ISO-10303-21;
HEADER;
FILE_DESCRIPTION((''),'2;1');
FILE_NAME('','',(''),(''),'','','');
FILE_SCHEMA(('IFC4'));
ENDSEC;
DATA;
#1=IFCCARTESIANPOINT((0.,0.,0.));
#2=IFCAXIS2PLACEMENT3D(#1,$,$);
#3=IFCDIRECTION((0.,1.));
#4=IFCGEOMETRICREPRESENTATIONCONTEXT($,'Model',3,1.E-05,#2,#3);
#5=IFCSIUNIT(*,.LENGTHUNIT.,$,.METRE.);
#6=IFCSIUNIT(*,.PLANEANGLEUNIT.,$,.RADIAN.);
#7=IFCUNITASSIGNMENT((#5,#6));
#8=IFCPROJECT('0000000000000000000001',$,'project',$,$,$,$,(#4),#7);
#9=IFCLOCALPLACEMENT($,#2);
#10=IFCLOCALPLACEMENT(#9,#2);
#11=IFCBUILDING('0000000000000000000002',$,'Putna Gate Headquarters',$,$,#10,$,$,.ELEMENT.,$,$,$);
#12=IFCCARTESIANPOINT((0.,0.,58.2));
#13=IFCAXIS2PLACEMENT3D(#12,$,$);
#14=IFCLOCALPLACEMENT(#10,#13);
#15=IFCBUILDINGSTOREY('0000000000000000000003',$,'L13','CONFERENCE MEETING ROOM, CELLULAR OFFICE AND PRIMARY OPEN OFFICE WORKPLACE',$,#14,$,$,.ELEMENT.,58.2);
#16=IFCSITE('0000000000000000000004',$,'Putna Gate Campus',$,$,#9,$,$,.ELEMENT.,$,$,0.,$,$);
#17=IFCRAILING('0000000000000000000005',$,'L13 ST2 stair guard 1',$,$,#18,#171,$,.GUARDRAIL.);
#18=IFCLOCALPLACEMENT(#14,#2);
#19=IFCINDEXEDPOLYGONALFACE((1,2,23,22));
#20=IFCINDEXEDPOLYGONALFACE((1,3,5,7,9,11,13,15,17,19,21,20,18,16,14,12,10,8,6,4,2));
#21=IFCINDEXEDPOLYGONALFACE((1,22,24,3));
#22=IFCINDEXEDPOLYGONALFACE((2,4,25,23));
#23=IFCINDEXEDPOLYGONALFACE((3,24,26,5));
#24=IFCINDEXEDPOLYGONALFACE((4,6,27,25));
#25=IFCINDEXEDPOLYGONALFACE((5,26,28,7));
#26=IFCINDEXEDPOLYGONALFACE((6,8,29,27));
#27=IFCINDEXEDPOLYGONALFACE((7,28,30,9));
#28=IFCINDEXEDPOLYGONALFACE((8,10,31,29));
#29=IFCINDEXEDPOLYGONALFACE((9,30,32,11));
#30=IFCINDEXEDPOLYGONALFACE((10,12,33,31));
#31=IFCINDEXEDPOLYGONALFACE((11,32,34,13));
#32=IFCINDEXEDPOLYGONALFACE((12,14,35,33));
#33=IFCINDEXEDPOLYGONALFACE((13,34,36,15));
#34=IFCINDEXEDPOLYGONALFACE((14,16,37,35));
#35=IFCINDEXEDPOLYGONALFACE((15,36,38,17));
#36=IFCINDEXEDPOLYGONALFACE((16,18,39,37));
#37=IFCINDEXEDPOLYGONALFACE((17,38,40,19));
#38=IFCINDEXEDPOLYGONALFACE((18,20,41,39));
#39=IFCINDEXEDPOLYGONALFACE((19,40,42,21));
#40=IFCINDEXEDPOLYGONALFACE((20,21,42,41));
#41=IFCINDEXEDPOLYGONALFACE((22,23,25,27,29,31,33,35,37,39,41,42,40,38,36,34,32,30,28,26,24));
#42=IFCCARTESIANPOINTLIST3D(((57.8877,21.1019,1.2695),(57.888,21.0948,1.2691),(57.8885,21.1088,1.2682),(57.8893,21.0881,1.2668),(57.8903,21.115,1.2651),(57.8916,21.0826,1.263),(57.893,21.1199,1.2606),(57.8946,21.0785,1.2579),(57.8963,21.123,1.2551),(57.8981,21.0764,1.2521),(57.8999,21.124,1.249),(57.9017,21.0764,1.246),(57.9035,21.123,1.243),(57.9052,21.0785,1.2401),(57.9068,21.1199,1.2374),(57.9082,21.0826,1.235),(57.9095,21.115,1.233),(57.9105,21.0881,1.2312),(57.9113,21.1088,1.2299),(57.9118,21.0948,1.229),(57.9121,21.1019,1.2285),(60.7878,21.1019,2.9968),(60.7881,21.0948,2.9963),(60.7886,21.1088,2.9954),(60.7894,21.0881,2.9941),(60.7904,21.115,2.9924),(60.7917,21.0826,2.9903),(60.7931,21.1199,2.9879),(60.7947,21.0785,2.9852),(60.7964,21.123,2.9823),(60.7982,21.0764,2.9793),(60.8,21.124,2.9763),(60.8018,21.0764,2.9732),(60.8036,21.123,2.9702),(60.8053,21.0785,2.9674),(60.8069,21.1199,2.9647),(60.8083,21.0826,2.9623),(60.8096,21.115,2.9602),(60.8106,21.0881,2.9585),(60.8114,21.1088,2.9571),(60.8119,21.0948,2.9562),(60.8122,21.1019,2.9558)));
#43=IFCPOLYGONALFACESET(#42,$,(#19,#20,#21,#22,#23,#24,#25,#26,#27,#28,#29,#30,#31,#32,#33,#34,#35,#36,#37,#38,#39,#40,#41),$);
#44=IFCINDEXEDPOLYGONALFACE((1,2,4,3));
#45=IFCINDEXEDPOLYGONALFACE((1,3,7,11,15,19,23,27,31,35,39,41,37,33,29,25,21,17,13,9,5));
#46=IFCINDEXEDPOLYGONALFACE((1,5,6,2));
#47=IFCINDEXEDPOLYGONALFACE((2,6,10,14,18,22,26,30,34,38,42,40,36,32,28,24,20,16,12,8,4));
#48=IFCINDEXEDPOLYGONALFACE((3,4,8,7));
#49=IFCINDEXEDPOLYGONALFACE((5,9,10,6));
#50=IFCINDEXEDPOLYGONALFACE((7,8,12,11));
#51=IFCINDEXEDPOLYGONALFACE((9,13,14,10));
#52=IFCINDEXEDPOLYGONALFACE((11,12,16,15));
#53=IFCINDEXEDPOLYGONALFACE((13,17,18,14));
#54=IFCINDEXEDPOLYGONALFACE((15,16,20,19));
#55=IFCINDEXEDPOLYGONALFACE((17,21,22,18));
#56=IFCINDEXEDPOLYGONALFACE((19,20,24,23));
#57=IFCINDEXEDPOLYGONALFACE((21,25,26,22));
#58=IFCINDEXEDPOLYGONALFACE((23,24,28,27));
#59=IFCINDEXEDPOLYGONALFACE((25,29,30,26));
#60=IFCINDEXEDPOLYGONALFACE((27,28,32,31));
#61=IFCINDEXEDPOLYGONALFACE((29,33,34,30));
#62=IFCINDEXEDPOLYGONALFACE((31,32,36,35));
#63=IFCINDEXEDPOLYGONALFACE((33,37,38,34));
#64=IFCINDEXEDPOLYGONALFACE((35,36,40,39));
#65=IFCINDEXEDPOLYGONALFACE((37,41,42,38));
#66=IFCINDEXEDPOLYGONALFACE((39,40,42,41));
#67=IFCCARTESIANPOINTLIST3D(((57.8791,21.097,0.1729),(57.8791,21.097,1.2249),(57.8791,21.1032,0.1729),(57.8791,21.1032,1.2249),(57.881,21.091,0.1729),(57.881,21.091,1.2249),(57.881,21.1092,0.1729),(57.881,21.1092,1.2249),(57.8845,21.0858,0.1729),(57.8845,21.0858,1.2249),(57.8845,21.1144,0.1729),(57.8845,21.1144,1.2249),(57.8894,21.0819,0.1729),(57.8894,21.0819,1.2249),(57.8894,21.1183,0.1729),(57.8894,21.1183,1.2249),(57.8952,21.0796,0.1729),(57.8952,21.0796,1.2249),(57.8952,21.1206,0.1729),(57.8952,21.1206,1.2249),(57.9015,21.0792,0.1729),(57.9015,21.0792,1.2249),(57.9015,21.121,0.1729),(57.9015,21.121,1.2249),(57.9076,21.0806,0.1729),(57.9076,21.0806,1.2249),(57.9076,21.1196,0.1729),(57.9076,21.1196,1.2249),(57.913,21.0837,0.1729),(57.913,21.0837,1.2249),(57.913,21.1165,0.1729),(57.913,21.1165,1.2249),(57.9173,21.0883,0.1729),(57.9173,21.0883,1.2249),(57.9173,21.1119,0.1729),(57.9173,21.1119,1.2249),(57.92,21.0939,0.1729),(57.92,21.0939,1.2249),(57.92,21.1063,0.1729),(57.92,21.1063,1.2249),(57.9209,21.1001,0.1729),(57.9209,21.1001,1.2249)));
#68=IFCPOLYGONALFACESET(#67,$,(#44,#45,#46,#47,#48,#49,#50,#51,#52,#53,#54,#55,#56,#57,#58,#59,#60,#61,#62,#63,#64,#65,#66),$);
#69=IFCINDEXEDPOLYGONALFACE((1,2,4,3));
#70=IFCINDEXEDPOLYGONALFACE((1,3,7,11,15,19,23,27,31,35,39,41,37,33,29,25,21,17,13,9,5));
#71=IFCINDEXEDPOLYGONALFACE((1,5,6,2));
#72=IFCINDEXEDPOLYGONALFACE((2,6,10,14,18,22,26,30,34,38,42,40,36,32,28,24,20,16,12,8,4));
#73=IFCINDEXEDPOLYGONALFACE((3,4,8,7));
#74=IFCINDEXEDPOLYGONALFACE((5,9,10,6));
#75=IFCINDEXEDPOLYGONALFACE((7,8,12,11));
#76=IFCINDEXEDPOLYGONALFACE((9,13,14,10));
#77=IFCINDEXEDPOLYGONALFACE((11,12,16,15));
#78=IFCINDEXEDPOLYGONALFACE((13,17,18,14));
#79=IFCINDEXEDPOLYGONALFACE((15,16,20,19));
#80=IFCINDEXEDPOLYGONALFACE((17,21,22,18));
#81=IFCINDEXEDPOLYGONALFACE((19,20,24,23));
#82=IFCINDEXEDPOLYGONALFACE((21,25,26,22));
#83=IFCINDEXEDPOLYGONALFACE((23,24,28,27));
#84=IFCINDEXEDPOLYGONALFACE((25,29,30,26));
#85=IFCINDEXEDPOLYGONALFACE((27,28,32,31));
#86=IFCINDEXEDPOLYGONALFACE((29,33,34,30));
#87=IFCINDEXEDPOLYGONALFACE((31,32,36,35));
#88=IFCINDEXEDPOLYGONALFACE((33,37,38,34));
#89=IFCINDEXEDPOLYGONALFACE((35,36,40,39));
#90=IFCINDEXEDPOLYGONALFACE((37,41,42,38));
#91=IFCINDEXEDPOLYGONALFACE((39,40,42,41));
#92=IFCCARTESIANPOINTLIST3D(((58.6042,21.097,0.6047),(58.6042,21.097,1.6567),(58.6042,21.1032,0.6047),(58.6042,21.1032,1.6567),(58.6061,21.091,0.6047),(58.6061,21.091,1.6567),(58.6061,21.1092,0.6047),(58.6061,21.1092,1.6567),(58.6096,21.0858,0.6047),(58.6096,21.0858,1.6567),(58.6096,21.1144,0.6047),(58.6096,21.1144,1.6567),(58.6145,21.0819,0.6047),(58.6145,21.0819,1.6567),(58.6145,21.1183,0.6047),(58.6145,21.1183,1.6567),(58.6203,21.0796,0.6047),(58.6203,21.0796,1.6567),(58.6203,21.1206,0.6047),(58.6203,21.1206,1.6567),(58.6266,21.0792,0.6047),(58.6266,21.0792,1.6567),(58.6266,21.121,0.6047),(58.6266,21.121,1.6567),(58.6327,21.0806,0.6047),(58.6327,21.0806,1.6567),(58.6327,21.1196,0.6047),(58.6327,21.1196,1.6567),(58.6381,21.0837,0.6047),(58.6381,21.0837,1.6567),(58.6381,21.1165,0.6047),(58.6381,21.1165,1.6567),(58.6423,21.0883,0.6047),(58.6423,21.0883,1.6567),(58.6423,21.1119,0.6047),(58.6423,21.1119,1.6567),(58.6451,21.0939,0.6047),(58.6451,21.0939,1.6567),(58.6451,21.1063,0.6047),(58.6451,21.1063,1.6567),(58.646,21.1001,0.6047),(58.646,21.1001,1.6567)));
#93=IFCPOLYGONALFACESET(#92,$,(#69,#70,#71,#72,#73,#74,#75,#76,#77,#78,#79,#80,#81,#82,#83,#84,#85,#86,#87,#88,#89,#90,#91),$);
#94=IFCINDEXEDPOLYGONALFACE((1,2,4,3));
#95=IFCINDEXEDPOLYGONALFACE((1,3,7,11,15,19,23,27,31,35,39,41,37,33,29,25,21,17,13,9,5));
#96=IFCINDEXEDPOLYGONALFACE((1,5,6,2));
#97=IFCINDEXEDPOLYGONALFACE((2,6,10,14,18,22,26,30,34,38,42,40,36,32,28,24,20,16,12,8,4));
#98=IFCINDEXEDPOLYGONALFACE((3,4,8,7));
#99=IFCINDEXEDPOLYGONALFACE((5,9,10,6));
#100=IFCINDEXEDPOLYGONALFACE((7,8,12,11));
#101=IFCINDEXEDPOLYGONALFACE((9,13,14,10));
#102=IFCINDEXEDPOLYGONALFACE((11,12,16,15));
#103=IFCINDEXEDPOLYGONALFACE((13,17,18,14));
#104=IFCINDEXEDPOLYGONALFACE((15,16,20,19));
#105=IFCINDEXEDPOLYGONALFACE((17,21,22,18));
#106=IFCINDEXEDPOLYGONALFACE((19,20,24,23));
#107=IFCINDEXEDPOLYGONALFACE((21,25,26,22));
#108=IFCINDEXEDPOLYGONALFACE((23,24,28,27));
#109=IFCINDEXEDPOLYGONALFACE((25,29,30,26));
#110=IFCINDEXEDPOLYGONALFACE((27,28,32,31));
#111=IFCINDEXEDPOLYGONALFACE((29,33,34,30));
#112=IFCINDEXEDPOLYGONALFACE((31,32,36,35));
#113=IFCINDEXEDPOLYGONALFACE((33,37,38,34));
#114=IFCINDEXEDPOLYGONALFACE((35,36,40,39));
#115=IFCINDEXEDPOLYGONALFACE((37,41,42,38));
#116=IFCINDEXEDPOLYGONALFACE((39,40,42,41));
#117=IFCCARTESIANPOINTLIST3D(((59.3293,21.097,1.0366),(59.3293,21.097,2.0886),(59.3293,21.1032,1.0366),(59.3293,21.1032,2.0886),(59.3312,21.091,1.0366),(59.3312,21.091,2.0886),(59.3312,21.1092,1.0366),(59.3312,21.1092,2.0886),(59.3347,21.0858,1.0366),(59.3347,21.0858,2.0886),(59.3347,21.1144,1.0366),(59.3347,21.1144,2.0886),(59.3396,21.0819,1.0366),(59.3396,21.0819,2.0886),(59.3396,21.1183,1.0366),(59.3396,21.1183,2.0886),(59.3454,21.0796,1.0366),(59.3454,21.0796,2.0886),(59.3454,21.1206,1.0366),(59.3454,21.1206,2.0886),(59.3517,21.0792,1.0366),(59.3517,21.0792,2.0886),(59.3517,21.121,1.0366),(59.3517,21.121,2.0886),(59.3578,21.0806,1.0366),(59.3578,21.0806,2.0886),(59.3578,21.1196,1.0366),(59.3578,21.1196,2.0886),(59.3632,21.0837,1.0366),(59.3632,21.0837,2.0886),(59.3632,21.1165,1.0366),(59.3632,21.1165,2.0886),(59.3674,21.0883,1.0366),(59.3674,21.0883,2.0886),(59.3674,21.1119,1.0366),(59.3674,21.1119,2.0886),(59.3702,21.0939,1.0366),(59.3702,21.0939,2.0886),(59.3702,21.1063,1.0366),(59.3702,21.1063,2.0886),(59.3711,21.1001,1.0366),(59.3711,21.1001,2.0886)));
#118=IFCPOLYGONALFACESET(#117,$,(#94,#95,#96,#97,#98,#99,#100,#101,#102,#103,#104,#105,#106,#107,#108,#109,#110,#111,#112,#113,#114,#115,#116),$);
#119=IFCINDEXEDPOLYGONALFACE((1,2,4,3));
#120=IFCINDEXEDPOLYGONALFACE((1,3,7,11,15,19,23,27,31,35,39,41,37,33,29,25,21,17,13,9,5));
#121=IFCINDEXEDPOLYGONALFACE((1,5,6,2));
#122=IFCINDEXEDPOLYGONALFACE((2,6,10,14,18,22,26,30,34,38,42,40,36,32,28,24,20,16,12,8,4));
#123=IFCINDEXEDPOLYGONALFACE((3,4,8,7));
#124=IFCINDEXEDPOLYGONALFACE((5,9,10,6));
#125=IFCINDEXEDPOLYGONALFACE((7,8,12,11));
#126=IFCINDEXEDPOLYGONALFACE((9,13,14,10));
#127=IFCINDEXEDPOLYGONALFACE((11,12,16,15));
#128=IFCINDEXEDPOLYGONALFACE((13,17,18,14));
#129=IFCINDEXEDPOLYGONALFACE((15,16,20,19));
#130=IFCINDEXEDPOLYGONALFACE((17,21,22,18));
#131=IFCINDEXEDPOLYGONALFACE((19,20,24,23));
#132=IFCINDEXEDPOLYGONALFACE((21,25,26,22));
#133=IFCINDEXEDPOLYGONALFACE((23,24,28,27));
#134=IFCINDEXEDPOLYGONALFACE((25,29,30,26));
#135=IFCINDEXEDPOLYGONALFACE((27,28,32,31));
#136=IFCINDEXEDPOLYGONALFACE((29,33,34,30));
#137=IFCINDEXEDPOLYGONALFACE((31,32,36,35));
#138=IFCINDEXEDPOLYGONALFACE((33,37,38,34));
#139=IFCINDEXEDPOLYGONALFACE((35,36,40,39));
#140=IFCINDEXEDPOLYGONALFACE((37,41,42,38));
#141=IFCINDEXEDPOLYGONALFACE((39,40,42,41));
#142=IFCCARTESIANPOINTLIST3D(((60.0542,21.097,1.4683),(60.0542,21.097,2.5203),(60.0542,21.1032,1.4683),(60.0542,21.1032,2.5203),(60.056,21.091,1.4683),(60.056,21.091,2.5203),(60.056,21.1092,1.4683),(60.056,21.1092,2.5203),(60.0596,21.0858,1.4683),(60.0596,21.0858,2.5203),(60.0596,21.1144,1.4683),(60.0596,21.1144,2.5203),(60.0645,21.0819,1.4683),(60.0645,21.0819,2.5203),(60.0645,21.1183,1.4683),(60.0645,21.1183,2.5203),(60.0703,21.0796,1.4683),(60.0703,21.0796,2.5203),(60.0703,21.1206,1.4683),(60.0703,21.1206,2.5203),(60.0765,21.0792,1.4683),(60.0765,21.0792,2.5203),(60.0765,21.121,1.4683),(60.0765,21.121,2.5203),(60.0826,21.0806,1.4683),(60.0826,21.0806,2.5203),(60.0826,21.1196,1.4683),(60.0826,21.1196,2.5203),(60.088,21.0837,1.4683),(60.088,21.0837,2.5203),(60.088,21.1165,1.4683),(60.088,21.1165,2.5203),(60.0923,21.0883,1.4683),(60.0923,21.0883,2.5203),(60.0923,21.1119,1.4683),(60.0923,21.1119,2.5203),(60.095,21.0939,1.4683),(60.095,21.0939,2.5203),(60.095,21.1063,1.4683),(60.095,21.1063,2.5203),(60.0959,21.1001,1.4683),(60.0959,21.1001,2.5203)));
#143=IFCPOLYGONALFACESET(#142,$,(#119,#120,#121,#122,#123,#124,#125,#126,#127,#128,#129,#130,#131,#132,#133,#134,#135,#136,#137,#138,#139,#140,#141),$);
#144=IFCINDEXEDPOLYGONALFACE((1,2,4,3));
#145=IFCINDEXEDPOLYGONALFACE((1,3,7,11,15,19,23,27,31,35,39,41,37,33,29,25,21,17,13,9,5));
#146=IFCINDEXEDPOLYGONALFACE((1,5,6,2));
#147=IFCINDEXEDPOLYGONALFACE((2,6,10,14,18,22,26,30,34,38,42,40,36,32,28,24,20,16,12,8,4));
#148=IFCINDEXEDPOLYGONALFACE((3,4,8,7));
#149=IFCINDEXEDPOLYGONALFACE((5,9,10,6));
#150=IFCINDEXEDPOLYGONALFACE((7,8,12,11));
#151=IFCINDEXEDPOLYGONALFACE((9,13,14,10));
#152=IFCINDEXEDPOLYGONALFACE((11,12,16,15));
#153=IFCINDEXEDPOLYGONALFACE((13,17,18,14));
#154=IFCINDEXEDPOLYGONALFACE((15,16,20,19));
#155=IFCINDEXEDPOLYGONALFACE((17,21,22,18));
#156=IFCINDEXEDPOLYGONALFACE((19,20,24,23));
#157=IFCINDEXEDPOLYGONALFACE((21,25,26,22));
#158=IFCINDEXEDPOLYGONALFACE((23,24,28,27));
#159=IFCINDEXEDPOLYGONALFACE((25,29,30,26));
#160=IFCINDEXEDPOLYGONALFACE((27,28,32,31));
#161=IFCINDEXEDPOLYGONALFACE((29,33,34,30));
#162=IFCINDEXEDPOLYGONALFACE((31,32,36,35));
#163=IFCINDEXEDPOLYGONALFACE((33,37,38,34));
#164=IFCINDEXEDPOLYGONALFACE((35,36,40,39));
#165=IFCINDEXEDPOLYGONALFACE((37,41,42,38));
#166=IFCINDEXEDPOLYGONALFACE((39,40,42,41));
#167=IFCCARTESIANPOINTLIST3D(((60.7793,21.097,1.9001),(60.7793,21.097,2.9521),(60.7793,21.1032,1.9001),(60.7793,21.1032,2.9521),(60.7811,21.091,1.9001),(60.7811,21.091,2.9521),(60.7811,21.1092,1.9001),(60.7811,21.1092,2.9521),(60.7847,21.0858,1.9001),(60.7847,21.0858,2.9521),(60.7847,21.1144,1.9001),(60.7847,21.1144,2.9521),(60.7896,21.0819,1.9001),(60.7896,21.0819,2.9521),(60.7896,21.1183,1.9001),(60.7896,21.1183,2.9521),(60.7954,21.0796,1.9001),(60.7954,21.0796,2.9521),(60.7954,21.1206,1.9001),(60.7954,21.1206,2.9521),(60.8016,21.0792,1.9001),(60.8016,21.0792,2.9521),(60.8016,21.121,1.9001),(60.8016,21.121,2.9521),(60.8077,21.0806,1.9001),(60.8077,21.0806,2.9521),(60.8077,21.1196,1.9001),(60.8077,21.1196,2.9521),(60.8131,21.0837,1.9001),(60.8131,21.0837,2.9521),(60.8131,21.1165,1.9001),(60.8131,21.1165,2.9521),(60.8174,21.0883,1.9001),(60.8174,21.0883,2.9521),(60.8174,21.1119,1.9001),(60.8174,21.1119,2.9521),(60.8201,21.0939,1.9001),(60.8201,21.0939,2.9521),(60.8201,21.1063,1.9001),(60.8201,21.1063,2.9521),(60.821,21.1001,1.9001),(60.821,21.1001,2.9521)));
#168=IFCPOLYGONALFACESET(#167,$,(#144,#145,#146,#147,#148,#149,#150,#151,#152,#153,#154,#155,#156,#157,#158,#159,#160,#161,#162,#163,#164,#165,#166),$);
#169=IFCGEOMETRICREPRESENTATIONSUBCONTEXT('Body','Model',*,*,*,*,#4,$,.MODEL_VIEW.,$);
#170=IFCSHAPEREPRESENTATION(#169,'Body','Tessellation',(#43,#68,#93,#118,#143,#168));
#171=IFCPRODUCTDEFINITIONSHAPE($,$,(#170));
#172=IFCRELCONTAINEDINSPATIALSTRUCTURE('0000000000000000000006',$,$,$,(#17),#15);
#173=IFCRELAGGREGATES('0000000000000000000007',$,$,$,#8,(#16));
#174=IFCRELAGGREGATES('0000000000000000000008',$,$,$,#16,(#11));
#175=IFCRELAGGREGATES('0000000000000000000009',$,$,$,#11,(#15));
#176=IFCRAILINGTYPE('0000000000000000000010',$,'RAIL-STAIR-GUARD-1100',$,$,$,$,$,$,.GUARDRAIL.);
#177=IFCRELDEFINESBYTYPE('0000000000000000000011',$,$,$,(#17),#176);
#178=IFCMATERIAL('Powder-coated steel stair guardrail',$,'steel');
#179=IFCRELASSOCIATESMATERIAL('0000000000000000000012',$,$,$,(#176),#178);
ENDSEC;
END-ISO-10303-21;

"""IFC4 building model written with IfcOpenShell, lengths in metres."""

from ifc_helpers import new_model, si_unit, direction, frame, origin, origin_2d, place, context, subcontext, project, spatial, circle, extrude, material, type_object, element, save


model = new_model("IFC4")

# Units and contexts
model_context = context("Model", 3, precision=1e-05, world=origin(), true_north=direction((0.0, 1.0)))
body_context = subcontext(model_context, "Body", "Model", "MODEL_VIEW")
ifc_project = project(units=[si_unit("LENGTHUNIT", "METRE"), si_unit("PLANEANGLEUNIT", "RADIAN")], contexts=[model_context])

# Site, building, storey
site_placement = place(None, origin())
site = spatial("IfcSite", under=ifc_project, at=site_placement, Name="Putna Gate Campus", CompositionType="ELEMENT", RefElevation=0.0)
building_placement = place(site_placement, origin())
building = spatial("IfcBuilding", under=site, at=building_placement, Name="Putna Gate Headquarters", CompositionType="ELEMENT")
storey_placement = place(building_placement, frame((0.0, 0.0, 58.2)))
storey = spatial("IfcBuildingStorey", under=building, at=storey_placement, Name="L13", Description="CONFERENCE MEETING ROOM, CELLULAR OFFICE AND PRIMARY OPEN OFFICE WORKPLACE", CompositionType="ELEMENT", Elevation=58.2)

# Railing
ifc_material_1 = material(Name="Powder-coated steel stair guardrail", Category="steel")
railing_type_1 = type_object("IfcRailingType", Name="RAIL-STAIR-GUARD-1100", PredefinedType="GUARDRAIL", material=ifc_material_1)
railing_1_placement = place(storey_placement, frame((57.8999, 21.1001, 0.1729)))
element("IfcRailing", 1, at=railing_1_placement, inside=storey, type_object=railing_type_1, Name="L13 ST2 stair guard 1", PredefinedType="GUARDRAIL", context=body_context, shape_type="SweptSolid", body=[
    extrude(circle(Radius=0.0239, at=origin_2d()), frame((0.0, 0.0, 1.0762), z_axis=(0.85916, 0.0, 0.511706), x_axis=(0.0, 1.0, 0.0)), (0.0, 0.0, 1.0), 3.3755),
    extrude(circle(Radius=0.021, at=origin_2d()), origin(), (0.0, 0.0, 1.0), 1.052),
    extrude(circle(Radius=0.021, at=origin_2d()), frame((0.7251, 0.0, 0.4319)), (0.0, 0.0, 1.0), 1.052),
    extrude(circle(Radius=0.021, at=origin_2d()), frame((1.4502, 0.0, 0.8638)), (0.0, 0.0, 1.0), 1.052),
    extrude(circle(Radius=0.021, at=origin_2d()), frame((2.175, 0.0, 1.2954)), (0.0, 0.0, 1.0), 1.052),
    extrude(circle(Radius=0.021, at=origin_2d()), frame((2.9001, 0.0, 1.7273)), (0.0, 0.0, 1.0), 1.052),
])

save(model, "model.ifc")
